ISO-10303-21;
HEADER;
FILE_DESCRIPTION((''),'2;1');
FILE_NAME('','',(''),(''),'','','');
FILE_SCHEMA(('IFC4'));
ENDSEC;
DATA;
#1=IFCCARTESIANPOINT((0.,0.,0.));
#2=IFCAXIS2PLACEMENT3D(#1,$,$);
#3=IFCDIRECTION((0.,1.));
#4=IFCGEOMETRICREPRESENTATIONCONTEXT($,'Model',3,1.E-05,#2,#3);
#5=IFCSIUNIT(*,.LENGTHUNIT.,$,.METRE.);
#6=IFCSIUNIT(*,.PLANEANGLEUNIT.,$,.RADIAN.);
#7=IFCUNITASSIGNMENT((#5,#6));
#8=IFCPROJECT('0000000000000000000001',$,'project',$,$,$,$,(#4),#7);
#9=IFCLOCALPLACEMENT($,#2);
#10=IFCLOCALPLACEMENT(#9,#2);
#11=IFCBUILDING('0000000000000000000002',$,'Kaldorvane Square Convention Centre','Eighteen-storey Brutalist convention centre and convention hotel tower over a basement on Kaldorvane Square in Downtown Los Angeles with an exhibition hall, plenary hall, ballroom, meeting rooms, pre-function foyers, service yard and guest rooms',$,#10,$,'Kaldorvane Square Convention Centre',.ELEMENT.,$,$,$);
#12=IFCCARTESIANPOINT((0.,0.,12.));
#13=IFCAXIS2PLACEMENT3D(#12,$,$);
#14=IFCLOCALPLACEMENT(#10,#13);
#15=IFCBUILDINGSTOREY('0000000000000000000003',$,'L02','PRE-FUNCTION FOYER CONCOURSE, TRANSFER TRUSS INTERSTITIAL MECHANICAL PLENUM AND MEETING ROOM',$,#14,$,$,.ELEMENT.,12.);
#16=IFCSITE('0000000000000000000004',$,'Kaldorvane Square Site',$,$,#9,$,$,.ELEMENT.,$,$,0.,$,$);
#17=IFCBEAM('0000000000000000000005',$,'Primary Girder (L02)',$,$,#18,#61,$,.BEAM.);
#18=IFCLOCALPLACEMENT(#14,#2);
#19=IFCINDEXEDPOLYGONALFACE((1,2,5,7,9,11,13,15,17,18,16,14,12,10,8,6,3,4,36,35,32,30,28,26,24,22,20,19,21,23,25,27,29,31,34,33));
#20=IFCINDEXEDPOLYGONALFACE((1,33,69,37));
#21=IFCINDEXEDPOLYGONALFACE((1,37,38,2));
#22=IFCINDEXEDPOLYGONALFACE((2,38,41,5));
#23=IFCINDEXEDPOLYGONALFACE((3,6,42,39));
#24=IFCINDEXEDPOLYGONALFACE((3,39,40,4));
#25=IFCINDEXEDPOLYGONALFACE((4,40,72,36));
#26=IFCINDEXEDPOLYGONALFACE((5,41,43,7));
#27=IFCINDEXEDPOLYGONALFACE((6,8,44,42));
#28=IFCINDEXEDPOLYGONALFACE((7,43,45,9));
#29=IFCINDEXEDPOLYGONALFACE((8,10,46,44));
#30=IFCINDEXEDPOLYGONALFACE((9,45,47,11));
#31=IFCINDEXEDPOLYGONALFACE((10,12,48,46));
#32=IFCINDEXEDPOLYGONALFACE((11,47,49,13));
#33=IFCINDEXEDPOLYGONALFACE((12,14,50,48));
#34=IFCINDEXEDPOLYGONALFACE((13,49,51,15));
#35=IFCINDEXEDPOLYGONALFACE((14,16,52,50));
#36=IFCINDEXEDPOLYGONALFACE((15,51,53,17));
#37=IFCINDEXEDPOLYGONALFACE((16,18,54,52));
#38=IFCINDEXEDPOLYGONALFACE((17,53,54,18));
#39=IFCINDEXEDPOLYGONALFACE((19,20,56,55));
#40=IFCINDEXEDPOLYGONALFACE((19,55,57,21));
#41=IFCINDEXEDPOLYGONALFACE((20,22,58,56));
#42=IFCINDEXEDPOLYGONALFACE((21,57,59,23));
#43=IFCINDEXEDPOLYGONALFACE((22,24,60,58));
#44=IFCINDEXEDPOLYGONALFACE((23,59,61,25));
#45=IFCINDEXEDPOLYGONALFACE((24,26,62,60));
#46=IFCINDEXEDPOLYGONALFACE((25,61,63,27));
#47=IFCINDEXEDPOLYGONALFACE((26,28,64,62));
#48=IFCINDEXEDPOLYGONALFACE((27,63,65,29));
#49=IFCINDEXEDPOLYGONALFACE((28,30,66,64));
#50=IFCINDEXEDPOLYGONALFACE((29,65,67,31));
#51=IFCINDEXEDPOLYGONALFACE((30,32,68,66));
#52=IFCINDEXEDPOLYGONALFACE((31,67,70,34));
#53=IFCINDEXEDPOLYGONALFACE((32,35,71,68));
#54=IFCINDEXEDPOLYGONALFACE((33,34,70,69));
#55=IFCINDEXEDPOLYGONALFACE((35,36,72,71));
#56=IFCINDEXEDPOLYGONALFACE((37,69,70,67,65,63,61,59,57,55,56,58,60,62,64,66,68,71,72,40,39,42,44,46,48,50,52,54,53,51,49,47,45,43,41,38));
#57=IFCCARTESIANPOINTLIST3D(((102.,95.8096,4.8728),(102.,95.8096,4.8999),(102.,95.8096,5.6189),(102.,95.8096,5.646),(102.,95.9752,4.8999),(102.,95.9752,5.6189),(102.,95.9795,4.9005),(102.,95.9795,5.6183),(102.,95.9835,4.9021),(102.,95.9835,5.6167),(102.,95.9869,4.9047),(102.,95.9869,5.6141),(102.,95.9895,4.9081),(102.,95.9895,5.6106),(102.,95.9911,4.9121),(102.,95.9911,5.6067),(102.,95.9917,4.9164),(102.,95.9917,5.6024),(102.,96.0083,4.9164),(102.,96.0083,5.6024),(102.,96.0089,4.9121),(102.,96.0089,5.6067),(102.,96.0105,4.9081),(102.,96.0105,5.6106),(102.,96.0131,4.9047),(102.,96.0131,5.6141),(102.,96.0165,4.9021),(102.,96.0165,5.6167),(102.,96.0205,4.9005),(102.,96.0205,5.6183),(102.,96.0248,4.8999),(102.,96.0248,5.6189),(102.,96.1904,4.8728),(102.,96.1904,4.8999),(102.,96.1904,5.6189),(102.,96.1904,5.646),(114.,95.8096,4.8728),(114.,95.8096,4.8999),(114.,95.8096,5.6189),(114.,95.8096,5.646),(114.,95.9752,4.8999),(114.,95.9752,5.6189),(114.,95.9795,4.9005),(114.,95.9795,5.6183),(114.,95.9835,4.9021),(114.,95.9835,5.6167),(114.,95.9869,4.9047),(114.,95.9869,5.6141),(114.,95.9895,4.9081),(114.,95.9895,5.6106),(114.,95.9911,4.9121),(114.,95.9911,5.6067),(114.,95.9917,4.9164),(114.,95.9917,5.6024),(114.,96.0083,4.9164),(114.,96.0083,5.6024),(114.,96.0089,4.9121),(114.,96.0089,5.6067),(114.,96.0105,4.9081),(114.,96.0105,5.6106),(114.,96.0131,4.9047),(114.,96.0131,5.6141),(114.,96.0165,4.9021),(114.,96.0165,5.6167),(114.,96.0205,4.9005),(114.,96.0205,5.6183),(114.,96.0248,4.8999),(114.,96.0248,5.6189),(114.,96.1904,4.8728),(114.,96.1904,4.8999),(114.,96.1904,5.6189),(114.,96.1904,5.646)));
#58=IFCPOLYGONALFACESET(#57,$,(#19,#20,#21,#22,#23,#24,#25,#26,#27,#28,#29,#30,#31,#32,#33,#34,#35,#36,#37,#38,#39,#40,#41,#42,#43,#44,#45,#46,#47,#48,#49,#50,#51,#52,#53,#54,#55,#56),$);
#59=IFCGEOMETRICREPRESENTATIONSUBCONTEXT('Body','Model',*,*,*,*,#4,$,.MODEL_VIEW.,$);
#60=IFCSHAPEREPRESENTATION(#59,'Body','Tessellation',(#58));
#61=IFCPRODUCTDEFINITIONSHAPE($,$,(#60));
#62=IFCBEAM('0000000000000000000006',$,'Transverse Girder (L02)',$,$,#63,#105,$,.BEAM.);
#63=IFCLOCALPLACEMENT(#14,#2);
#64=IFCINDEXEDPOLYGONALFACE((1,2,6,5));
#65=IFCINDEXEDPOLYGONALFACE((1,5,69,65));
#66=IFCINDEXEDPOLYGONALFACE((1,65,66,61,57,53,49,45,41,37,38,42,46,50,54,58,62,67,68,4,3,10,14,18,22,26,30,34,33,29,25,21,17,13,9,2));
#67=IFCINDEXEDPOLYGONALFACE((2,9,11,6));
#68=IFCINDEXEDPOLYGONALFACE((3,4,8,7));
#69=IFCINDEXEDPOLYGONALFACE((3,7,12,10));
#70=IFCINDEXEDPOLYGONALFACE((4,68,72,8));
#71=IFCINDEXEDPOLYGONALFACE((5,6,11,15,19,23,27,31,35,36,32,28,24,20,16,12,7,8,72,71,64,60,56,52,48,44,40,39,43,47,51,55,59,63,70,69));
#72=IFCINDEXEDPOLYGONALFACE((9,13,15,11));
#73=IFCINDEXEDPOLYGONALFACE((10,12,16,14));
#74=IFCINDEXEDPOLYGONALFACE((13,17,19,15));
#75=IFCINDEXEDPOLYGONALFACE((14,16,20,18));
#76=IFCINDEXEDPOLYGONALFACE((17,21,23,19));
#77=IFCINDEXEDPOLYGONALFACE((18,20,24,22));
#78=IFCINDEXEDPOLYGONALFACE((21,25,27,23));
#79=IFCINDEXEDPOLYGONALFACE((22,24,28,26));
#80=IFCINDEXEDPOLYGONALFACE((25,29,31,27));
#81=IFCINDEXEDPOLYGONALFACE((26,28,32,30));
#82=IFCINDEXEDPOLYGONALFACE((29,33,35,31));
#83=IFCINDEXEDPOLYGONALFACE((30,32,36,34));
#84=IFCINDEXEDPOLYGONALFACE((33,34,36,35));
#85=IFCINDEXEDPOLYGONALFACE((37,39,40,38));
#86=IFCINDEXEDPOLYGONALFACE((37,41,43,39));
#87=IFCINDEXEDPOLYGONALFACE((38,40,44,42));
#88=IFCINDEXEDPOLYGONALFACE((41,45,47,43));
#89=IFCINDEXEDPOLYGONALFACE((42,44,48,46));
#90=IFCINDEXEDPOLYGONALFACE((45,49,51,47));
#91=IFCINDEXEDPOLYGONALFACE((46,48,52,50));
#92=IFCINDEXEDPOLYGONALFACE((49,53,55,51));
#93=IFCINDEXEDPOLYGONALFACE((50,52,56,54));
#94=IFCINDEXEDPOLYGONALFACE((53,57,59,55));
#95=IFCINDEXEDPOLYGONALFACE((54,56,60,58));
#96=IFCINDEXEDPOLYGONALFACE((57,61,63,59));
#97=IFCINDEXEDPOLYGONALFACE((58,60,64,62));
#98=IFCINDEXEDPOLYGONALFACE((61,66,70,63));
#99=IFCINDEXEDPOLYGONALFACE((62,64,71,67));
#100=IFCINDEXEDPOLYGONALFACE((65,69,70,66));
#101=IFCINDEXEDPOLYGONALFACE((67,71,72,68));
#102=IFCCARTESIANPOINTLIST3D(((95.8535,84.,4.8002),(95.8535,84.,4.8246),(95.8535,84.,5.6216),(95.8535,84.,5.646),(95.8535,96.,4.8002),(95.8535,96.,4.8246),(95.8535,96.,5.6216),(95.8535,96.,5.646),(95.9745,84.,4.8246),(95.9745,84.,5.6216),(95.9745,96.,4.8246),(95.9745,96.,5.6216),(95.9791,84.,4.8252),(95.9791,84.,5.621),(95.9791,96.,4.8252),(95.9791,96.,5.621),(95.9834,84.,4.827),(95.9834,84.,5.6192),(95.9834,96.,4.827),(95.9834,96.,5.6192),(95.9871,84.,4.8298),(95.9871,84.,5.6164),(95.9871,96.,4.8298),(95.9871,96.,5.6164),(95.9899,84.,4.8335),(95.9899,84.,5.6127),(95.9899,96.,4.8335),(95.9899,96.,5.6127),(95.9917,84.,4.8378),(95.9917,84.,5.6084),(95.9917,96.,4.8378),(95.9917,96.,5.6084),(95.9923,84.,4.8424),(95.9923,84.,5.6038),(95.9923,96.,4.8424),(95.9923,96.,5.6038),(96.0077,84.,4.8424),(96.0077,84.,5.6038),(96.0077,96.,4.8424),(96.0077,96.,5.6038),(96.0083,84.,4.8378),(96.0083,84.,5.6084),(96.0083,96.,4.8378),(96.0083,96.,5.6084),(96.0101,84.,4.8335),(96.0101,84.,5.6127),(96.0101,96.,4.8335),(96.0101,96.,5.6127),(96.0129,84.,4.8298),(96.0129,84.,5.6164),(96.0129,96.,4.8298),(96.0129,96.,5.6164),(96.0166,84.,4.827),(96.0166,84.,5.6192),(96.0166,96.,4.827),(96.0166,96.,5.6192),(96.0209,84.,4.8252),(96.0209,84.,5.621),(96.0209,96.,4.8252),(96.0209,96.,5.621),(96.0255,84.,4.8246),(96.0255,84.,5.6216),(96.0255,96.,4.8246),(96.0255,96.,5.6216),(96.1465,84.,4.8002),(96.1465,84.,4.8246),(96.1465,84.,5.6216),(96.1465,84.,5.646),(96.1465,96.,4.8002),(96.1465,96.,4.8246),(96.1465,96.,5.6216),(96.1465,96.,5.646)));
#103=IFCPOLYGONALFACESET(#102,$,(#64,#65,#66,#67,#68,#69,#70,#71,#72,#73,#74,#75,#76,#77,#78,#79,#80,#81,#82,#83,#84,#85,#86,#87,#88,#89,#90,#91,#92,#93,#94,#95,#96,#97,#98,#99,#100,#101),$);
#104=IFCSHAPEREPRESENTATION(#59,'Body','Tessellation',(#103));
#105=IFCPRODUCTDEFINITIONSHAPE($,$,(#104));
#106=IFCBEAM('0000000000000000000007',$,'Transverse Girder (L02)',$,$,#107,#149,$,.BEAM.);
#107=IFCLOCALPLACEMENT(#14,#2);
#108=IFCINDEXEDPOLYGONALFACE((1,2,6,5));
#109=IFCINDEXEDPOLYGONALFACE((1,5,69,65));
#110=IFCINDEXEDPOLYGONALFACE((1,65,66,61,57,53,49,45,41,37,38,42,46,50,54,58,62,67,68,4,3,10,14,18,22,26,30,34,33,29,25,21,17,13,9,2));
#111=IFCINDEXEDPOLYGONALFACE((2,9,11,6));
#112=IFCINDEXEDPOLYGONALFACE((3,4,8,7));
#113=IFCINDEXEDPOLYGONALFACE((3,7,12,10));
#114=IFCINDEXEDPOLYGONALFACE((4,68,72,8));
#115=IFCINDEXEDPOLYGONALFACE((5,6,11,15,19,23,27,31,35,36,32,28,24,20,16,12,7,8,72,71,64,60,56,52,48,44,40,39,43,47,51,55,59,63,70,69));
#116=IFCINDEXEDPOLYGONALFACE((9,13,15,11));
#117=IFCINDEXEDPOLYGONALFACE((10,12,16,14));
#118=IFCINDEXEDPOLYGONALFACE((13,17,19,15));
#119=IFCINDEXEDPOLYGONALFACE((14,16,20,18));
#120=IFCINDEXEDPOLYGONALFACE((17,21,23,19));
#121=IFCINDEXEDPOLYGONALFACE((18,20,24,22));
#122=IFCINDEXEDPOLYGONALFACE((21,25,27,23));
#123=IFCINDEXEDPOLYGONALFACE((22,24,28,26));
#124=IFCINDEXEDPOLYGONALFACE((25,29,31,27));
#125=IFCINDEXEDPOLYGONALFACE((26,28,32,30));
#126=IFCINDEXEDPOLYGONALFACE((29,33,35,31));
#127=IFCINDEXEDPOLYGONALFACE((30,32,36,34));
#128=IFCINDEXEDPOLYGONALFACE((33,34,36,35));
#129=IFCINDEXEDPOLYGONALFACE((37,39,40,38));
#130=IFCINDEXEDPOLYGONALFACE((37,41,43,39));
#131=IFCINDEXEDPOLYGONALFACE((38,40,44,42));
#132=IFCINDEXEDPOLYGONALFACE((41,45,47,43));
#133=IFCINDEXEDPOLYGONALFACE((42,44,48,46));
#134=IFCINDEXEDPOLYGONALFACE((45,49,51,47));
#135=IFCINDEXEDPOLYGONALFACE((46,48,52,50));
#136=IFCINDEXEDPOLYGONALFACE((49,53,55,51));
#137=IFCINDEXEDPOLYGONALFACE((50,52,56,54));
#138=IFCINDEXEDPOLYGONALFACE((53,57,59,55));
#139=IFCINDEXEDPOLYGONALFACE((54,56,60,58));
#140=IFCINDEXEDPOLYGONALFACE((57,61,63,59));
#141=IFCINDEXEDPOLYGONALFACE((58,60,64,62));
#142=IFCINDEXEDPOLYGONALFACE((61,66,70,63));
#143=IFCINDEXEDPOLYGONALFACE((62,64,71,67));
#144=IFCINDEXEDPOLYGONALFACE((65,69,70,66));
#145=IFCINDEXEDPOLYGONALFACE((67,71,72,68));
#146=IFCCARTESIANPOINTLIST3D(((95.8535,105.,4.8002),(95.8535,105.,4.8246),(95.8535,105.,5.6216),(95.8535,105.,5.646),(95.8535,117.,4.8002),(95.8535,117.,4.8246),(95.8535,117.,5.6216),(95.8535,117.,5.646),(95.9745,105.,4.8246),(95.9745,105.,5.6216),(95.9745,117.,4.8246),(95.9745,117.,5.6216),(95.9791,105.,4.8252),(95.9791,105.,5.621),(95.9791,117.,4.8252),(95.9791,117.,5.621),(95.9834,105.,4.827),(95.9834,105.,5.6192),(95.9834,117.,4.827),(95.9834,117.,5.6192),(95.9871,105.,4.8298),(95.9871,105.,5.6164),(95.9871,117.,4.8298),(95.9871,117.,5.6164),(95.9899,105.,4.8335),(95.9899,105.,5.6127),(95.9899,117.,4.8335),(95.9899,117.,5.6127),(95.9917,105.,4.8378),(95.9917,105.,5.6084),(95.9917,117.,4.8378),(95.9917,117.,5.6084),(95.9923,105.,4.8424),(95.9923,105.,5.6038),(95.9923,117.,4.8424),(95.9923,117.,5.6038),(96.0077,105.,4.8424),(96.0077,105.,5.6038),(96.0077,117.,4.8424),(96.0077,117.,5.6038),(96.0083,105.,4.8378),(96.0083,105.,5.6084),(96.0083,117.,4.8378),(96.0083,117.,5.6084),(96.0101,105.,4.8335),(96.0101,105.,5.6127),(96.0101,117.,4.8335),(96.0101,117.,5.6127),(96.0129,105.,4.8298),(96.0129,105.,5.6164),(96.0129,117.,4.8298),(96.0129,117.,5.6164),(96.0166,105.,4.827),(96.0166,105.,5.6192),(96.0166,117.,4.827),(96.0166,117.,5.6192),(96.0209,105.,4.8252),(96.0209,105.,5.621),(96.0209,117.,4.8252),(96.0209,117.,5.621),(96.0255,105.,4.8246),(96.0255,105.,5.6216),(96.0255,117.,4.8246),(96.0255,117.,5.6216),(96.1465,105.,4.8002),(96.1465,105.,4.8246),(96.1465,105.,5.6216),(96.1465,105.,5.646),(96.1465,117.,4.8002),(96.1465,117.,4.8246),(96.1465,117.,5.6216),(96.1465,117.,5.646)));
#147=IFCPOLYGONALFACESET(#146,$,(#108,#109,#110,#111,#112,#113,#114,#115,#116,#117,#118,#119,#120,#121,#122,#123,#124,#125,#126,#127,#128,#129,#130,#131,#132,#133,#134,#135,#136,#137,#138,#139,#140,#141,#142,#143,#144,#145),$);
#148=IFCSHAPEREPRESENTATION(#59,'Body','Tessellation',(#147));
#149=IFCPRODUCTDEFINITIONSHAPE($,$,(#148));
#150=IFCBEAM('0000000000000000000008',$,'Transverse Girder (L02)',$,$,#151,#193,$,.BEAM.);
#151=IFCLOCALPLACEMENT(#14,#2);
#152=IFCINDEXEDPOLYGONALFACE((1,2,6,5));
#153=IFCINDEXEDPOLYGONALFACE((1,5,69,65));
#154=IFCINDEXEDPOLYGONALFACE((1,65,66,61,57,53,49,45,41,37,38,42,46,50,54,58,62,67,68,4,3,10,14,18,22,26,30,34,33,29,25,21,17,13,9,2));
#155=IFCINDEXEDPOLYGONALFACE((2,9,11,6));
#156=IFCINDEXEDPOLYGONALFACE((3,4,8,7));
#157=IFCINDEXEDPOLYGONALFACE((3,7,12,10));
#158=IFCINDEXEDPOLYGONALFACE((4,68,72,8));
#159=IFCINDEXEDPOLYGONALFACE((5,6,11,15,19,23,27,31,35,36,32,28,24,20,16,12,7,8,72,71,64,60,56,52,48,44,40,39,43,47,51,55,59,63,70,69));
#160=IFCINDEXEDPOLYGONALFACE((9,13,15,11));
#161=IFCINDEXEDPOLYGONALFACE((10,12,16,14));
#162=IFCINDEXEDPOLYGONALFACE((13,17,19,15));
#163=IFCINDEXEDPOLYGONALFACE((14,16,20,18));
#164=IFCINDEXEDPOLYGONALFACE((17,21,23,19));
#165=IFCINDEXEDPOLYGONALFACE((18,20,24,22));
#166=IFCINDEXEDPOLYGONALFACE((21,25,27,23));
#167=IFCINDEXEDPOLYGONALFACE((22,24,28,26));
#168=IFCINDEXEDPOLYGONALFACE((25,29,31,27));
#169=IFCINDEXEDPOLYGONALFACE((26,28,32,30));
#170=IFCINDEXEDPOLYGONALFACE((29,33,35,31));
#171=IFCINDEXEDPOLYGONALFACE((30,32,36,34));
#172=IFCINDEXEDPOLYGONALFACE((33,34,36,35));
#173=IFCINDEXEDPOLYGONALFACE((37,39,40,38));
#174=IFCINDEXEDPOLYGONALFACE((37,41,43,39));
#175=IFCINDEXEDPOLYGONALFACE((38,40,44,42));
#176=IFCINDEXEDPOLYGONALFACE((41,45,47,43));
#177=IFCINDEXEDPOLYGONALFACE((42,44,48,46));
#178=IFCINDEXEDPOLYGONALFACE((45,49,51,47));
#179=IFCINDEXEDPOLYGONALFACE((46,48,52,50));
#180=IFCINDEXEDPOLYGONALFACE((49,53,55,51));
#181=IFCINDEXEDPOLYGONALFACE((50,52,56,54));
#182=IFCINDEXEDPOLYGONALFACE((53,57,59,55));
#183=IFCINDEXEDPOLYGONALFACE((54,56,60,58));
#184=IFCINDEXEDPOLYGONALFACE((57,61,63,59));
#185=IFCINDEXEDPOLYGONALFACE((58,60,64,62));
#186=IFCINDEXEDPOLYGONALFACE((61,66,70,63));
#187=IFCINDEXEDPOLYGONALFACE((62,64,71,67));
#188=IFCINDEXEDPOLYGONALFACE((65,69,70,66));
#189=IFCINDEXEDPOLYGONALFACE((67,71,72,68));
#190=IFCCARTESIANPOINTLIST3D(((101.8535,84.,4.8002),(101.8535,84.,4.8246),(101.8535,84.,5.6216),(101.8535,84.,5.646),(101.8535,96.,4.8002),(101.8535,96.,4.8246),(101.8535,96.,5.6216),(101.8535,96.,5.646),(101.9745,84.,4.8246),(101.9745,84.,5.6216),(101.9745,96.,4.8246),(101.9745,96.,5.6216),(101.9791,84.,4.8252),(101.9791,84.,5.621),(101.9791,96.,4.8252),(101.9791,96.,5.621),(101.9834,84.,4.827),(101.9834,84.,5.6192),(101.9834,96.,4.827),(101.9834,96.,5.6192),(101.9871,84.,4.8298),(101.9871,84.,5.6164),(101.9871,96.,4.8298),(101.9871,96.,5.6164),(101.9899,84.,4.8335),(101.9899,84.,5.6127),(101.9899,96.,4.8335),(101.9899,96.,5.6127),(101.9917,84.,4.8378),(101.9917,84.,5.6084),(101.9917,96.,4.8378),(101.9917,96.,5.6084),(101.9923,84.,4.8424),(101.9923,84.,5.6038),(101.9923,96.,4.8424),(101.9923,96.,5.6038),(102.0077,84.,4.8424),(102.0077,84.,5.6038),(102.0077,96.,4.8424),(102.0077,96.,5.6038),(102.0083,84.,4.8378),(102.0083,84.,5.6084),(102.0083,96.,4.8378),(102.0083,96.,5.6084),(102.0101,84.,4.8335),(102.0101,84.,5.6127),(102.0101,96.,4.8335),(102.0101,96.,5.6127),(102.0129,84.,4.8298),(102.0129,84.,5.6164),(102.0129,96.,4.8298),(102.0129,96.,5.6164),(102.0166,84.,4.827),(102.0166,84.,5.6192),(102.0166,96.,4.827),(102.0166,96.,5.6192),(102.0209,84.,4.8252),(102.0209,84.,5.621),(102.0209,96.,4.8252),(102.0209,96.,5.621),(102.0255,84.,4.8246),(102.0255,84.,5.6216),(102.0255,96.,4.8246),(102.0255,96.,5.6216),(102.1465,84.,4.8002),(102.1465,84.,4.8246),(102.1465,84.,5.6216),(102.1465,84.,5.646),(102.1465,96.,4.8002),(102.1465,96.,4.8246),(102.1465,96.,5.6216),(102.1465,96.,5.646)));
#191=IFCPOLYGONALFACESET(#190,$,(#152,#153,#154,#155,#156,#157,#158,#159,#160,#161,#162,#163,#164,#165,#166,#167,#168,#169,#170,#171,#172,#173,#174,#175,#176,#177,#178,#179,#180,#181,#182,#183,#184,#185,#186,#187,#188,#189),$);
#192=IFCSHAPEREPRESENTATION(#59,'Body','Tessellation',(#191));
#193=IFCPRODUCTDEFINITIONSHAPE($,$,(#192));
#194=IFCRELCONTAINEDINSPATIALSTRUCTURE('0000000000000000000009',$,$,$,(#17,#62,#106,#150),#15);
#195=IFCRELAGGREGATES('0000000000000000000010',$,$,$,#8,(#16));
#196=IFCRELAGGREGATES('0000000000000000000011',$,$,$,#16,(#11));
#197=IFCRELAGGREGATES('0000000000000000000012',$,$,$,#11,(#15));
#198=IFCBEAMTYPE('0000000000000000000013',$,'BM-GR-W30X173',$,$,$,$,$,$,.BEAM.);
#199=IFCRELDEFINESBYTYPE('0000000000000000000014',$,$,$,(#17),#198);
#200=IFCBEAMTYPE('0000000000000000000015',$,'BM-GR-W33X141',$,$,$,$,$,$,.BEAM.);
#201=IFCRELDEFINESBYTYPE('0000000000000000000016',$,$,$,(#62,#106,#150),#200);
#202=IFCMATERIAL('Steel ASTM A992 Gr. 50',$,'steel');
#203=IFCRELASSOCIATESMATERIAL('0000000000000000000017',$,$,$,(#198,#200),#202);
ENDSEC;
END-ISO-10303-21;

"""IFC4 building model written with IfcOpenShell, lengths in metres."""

from ifc_helpers import new_model, si_unit, direction, frame, origin, origin_2d, place, context, subcontext, project, spatial, i_section, extrude, material, material_profile, profile_set, type_object, element, save


model = new_model("IFC4")

# Units and contexts
model_context = context("Model", 3, precision=1e-05, world=origin(), true_north=direction((0.0, 1.0)))
body_context = subcontext(model_context, "Body", "Model", "MODEL_VIEW")
ifc_project = project(units=[si_unit("LENGTHUNIT", "METRE"), si_unit("PLANEANGLEUNIT", "RADIAN")], contexts=[model_context])

# Site, building, storey
site_placement = place(None, origin())
site = spatial("IfcSite", under=ifc_project, at=site_placement, Name="Kaldorvane Square Site", CompositionType="ELEMENT", RefElevation=0.0)
building_placement = place(site_placement, origin())
building = spatial("IfcBuilding", under=site, at=building_placement, Name="Kaldorvane Square Convention Centre", Description="Eighteen-storey Brutalist convention centre and convention hotel tower over a basement on Kaldorvane Square in Downtown Los Angeles with an exhibition hall, plenary hall, ballroom, meeting rooms, pre-function foyers, service yard and guest rooms", LongName="Kaldorvane Square Convention Centre", CompositionType="ELEMENT")
storey_placement = place(building_placement, frame((0.0, 0.0, 12.0)))
storey = spatial("IfcBuildingStorey", under=building, at=storey_placement, Name="L02", Description="PRE-FUNCTION FOYER CONCOURSE, TRANSFER TRUSS INTERSTITIAL MECHANICAL PLENUM AND MEETING ROOM", CompositionType="ELEMENT", Elevation=12.0)

# Shared definitions
ifc_material_1 = material(Name="Steel ASTM A992 Gr. 50", Category="steel")

# Beams
ifc_material_profile_1 = material_profile(ifc_material_1, i_section(OverallWidth=0.3807, OverallDepth=0.7732, WebThickness=0.0166, FlangeThickness=0.0271, FilletRadius=0.0165, at=origin_2d()), Name="W30X173")
ifc_profile_set_1 = profile_set([ifc_material_profile_1], Name="Steel ASTM A992 Gr. 50")
beam_type_1 = type_object("IfcBeamType", Name="BM-GR-W30X173", PredefinedType="BEAM", material=ifc_profile_set_1)
for number, where, z_axis, x_axis, name in (
    (1, (102.0, 96.0, 5.2594), (1.0, 0.0, 0.0), (0.0, 1.0, 0.0), "Primary Girder (L02)"),
):
    element("IfcBeam", number, at=place(storey_placement, frame(where, z_axis=z_axis, x_axis=x_axis)), inside=storey, type_object=beam_type_1, Name=name, PredefinedType="BEAM", context=body_context, shape_type="SweptSolid", body=[
        extrude(i_section(OverallWidth=0.3807, OverallDepth=0.7732, WebThickness=0.0166, FlangeThickness=0.0271, FilletRadius=0.0165, at=origin_2d()), origin(), (0.0, 0.0, 1.0), 12.0),
    ])
ifc_material_profile_2 = material_profile(ifc_material_1, i_section(OverallWidth=0.293, OverallDepth=0.8458, WebThickness=0.0154, FlangeThickness=0.0244, FilletRadius=0.0178, at=origin_2d()), Name="W33X141")
ifc_profile_set_2 = profile_set([ifc_material_profile_2], Name="Steel ASTM A992 Gr. 50")
beam_type_2 = type_object("IfcBeamType", Name="BM-GR-W33X141", PredefinedType="BEAM", material=ifc_profile_set_2)
for number, where, z_axis, x_axis, name in (
    (2, (96.0, 84.0, 5.2231), (0.0, 1.0, 0.0), (-1.0, 0.0, 0.0), "Transverse Girder (L02)"),
    (3, (96.0, 105.0, 5.2231), (0.0, 1.0, 0.0), (-1.0, 0.0, 0.0), "Transverse Girder (L02)"),
    (4, (102.0, 84.0, 5.2231), (0.0, 1.0, 0.0), (-1.0, 0.0, 0.0), "Transverse Girder (L02)"),
):
    element("IfcBeam", number, at=place(storey_placement, frame(where, z_axis=z_axis, x_axis=x_axis)), inside=storey, type_object=beam_type_2, Name=name, PredefinedType="BEAM", context=body_context, shape_type="SweptSolid", body=[
        extrude(i_section(OverallWidth=0.293, OverallDepth=0.8458, WebThickness=0.0154, FlangeThickness=0.0244, FilletRadius=0.0178, at=origin_2d()), origin(), (0.0, 0.0, 1.0), 12.0),
    ])

save(model, "model.ifc")
